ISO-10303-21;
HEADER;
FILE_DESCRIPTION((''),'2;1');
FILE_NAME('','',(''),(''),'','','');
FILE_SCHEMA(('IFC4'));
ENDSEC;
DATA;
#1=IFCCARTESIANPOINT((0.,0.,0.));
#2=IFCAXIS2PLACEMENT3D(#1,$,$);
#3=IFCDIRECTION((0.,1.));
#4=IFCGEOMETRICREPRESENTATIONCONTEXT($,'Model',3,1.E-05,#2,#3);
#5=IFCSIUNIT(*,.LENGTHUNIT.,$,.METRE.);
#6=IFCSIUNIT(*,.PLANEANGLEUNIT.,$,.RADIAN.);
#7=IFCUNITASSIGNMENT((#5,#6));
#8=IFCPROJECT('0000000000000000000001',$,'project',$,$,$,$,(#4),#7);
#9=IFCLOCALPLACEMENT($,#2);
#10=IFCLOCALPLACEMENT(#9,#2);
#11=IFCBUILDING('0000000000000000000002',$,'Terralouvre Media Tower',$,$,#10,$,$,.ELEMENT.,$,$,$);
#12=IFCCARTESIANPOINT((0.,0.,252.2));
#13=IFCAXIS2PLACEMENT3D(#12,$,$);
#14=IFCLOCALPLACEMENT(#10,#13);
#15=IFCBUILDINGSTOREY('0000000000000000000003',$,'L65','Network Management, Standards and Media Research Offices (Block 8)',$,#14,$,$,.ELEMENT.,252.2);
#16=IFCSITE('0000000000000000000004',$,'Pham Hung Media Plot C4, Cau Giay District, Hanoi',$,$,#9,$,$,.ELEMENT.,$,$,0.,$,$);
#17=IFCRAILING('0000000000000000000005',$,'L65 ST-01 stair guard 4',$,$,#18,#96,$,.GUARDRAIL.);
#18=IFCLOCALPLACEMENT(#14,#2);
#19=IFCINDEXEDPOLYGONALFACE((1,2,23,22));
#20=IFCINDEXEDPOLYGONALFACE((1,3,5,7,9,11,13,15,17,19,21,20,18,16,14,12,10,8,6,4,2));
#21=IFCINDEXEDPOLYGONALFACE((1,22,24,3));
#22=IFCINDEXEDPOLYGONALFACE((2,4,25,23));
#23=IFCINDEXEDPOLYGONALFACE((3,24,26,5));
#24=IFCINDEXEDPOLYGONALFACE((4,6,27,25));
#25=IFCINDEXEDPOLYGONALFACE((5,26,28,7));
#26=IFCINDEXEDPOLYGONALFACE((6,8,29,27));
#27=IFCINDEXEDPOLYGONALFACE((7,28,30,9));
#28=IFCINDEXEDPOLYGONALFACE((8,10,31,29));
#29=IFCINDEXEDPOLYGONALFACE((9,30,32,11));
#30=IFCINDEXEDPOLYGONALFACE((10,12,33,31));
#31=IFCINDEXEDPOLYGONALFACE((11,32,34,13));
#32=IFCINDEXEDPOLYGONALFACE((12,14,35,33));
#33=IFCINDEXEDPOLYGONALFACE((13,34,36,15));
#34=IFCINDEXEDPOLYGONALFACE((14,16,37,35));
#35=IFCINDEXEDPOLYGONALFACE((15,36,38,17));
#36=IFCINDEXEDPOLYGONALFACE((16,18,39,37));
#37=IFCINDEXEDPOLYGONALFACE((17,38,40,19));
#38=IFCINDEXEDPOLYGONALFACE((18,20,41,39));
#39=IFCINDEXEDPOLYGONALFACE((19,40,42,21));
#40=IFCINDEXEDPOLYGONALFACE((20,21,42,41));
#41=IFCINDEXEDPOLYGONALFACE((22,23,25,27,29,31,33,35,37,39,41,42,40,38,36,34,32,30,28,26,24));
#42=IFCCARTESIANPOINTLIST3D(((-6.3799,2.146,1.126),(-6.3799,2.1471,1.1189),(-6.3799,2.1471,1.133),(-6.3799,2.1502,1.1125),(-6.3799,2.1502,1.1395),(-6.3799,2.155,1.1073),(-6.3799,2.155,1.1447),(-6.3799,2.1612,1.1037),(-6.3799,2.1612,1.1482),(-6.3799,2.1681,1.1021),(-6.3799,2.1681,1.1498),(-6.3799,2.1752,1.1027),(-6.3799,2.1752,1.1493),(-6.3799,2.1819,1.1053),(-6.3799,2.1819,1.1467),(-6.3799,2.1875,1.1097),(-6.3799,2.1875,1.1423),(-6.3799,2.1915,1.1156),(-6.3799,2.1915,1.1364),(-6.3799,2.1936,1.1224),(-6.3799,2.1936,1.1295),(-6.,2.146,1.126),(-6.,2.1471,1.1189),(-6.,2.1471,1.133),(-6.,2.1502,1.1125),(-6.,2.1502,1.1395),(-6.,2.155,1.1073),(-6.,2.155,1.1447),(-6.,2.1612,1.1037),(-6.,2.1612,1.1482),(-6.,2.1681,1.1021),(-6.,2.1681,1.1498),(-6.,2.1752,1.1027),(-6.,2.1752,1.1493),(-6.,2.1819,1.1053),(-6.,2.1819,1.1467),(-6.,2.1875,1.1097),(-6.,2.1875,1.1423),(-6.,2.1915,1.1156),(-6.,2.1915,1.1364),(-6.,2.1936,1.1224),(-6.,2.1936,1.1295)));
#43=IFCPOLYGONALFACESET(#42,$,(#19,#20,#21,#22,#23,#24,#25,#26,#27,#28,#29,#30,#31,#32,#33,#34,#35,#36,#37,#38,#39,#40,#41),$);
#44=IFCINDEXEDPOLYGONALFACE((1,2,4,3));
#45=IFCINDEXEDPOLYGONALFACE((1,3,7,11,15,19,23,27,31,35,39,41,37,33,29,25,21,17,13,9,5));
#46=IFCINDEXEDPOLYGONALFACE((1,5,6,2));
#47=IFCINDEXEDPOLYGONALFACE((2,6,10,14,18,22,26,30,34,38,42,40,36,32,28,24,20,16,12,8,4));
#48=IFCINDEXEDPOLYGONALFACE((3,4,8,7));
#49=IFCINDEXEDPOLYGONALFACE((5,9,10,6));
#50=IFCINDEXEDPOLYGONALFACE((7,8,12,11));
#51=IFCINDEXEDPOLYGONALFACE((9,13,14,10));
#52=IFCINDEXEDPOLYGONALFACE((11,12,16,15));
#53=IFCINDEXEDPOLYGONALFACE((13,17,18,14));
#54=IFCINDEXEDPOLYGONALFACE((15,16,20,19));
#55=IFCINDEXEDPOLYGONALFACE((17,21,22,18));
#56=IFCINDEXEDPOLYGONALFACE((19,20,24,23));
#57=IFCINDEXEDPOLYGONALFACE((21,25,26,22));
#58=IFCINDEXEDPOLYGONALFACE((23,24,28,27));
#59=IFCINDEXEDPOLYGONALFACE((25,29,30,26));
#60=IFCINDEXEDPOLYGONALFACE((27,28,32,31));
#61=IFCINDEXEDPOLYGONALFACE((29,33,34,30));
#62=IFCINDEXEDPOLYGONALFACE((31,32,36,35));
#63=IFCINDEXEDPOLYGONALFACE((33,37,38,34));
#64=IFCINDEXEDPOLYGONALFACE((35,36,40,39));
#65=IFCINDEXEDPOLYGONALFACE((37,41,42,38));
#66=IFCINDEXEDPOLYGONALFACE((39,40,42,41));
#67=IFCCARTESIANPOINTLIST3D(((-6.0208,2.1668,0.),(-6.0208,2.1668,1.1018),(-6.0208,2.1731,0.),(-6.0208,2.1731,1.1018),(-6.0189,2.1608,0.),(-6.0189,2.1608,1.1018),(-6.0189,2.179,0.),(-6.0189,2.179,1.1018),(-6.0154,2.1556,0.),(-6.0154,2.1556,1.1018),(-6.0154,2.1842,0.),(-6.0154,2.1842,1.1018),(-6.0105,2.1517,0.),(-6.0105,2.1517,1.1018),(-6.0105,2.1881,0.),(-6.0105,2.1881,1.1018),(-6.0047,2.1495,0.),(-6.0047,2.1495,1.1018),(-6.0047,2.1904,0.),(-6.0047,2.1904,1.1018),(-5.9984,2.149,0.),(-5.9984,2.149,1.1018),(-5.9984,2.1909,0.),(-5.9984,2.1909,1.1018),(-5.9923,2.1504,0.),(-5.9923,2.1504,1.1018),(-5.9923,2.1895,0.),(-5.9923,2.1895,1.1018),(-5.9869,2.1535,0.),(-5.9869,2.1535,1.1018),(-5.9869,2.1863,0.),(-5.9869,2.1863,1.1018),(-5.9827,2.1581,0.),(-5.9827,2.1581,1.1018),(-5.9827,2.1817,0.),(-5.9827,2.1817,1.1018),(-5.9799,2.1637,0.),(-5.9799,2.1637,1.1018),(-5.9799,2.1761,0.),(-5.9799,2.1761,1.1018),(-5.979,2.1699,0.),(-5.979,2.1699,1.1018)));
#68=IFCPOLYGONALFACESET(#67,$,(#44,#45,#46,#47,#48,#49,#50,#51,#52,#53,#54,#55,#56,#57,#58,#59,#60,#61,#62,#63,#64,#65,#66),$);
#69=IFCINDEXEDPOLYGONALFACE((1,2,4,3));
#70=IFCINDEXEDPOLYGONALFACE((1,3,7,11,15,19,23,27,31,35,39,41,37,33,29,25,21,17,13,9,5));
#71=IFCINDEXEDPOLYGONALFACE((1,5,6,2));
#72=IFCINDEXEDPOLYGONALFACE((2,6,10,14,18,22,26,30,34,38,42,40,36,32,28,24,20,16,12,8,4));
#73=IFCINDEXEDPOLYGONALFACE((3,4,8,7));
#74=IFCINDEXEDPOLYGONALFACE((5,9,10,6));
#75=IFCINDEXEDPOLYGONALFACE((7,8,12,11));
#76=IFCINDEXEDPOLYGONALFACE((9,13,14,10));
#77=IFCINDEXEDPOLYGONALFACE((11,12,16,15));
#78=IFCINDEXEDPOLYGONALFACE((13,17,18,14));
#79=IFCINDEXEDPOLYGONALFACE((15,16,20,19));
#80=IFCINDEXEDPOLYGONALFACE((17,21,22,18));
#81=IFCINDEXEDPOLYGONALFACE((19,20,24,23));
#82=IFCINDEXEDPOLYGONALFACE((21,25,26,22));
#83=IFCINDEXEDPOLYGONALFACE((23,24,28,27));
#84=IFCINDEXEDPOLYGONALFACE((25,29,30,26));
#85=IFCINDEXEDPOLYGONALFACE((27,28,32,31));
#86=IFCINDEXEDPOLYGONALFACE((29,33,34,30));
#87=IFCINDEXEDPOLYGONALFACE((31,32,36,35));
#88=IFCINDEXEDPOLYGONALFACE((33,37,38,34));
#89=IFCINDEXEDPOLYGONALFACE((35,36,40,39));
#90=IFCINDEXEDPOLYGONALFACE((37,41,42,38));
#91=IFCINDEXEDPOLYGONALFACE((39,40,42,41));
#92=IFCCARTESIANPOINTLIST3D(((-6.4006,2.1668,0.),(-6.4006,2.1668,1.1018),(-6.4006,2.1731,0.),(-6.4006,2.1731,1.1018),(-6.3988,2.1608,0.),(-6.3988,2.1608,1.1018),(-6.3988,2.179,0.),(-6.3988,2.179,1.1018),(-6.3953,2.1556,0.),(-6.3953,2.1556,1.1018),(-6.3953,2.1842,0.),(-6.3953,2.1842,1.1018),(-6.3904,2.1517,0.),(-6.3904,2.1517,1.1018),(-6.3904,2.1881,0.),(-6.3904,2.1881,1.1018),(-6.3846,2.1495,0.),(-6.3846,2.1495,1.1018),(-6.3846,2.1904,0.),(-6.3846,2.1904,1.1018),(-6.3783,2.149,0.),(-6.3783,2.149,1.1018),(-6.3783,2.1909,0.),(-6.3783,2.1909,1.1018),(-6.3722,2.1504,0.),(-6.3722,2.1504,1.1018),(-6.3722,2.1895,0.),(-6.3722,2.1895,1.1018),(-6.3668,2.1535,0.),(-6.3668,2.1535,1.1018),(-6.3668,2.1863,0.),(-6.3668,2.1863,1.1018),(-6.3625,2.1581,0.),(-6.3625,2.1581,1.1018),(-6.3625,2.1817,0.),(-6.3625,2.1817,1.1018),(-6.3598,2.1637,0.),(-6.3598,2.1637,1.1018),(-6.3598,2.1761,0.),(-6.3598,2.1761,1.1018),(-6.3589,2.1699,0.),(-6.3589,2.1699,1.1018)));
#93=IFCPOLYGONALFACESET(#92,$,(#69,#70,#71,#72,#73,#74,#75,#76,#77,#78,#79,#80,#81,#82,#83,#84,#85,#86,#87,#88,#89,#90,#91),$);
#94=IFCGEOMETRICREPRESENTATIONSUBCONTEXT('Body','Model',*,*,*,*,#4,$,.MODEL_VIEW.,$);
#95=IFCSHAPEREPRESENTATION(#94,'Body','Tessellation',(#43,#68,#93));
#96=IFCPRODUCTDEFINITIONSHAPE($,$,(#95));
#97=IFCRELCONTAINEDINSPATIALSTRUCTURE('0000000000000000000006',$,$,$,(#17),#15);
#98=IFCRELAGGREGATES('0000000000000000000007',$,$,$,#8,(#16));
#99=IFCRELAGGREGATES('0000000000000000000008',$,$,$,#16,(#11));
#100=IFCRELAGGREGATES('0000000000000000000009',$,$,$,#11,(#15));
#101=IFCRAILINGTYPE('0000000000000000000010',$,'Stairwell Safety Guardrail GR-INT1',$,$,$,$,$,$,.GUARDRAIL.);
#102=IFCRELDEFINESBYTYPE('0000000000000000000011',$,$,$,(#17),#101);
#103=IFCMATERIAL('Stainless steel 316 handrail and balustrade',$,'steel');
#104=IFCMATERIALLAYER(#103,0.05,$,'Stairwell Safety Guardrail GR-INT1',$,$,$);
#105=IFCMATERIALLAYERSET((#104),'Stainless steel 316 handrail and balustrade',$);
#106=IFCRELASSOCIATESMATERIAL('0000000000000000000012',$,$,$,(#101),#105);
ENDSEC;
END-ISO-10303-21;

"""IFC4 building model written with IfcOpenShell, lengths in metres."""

from ifc_helpers import new_model, si_unit, direction, frame, origin, origin_2d, place, context, subcontext, project, spatial, circle, extrude, material, layer, layer_set, type_object, element, save


model = new_model("IFC4")

# Units and contexts
model_context = context("Model", 3, precision=1e-05, world=origin(), true_north=direction((0.0, 1.0)))
body_context = subcontext(model_context, "Body", "Model", "MODEL_VIEW")
ifc_project = project(units=[si_unit("LENGTHUNIT", "METRE"), si_unit("PLANEANGLEUNIT", "RADIAN")], contexts=[model_context])

# Site, building, storey
site_placement = place(None, origin())
site = spatial("IfcSite", under=ifc_project, at=site_placement, Name="Pham Hung Media Plot C4, Cau Giay District, Hanoi", CompositionType="ELEMENT", RefElevation=0.0)
building_placement = place(site_placement, origin())
building = spatial("IfcBuilding", under=site, at=building_placement, Name="Terralouvre Media Tower", CompositionType="ELEMENT")
storey_placement = place(building_placement, frame((0.0, 0.0, 252.2)))
storey = spatial("IfcBuildingStorey", under=building, at=storey_placement, Name="L65", Description="Network Management, Standards and Media Research Offices (Block 8)", CompositionType="ELEMENT", Elevation=252.2)

# Railing
ifc_material_1 = material(Name="Stainless steel 316 handrail and balustrade", Category="steel")
ifc_layer_1 = layer(ifc_material_1, 0.05, Name="Stairwell Safety Guardrail GR-INT1")
ifc_layer_set_1 = layer_set([ifc_layer_1], Name="Stainless steel 316 handrail and balustrade")
railing_type_1 = type_object("IfcRailingType", Name="Stairwell Safety Guardrail GR-INT1", PredefinedType="GUARDRAIL", material=ifc_layer_set_1)
railing_1_placement = place(storey_placement, frame((-6.0, 2.1699, 0.0)))
element("IfcRailing", 1, at=railing_1_placement, inside=storey, type_object=railing_type_1, Name="L65 ST-01 stair guard 4", PredefinedType="GUARDRAIL", context=body_context, shape_type="SweptSolid", body=[
    extrude(circle(Radius=0.0239, at=origin_2d()), frame((0.0, 0.0, 1.126), z_axis=(-1.0, 0.0, 0.0), x_axis=(0.0, -1.0, 0.0)), (0.0, 0.0, 1.0), 0.3799),
    extrude(circle(Radius=0.021, at=origin_2d()), origin(), (0.0, 0.0, 1.0), 1.1018),
    extrude(circle(Radius=0.021, at=origin_2d()), frame((-0.3799, 0.0, 0.0)), (0.0, 0.0, 1.0), 1.1018),
])

save(model, "model.ifc")
